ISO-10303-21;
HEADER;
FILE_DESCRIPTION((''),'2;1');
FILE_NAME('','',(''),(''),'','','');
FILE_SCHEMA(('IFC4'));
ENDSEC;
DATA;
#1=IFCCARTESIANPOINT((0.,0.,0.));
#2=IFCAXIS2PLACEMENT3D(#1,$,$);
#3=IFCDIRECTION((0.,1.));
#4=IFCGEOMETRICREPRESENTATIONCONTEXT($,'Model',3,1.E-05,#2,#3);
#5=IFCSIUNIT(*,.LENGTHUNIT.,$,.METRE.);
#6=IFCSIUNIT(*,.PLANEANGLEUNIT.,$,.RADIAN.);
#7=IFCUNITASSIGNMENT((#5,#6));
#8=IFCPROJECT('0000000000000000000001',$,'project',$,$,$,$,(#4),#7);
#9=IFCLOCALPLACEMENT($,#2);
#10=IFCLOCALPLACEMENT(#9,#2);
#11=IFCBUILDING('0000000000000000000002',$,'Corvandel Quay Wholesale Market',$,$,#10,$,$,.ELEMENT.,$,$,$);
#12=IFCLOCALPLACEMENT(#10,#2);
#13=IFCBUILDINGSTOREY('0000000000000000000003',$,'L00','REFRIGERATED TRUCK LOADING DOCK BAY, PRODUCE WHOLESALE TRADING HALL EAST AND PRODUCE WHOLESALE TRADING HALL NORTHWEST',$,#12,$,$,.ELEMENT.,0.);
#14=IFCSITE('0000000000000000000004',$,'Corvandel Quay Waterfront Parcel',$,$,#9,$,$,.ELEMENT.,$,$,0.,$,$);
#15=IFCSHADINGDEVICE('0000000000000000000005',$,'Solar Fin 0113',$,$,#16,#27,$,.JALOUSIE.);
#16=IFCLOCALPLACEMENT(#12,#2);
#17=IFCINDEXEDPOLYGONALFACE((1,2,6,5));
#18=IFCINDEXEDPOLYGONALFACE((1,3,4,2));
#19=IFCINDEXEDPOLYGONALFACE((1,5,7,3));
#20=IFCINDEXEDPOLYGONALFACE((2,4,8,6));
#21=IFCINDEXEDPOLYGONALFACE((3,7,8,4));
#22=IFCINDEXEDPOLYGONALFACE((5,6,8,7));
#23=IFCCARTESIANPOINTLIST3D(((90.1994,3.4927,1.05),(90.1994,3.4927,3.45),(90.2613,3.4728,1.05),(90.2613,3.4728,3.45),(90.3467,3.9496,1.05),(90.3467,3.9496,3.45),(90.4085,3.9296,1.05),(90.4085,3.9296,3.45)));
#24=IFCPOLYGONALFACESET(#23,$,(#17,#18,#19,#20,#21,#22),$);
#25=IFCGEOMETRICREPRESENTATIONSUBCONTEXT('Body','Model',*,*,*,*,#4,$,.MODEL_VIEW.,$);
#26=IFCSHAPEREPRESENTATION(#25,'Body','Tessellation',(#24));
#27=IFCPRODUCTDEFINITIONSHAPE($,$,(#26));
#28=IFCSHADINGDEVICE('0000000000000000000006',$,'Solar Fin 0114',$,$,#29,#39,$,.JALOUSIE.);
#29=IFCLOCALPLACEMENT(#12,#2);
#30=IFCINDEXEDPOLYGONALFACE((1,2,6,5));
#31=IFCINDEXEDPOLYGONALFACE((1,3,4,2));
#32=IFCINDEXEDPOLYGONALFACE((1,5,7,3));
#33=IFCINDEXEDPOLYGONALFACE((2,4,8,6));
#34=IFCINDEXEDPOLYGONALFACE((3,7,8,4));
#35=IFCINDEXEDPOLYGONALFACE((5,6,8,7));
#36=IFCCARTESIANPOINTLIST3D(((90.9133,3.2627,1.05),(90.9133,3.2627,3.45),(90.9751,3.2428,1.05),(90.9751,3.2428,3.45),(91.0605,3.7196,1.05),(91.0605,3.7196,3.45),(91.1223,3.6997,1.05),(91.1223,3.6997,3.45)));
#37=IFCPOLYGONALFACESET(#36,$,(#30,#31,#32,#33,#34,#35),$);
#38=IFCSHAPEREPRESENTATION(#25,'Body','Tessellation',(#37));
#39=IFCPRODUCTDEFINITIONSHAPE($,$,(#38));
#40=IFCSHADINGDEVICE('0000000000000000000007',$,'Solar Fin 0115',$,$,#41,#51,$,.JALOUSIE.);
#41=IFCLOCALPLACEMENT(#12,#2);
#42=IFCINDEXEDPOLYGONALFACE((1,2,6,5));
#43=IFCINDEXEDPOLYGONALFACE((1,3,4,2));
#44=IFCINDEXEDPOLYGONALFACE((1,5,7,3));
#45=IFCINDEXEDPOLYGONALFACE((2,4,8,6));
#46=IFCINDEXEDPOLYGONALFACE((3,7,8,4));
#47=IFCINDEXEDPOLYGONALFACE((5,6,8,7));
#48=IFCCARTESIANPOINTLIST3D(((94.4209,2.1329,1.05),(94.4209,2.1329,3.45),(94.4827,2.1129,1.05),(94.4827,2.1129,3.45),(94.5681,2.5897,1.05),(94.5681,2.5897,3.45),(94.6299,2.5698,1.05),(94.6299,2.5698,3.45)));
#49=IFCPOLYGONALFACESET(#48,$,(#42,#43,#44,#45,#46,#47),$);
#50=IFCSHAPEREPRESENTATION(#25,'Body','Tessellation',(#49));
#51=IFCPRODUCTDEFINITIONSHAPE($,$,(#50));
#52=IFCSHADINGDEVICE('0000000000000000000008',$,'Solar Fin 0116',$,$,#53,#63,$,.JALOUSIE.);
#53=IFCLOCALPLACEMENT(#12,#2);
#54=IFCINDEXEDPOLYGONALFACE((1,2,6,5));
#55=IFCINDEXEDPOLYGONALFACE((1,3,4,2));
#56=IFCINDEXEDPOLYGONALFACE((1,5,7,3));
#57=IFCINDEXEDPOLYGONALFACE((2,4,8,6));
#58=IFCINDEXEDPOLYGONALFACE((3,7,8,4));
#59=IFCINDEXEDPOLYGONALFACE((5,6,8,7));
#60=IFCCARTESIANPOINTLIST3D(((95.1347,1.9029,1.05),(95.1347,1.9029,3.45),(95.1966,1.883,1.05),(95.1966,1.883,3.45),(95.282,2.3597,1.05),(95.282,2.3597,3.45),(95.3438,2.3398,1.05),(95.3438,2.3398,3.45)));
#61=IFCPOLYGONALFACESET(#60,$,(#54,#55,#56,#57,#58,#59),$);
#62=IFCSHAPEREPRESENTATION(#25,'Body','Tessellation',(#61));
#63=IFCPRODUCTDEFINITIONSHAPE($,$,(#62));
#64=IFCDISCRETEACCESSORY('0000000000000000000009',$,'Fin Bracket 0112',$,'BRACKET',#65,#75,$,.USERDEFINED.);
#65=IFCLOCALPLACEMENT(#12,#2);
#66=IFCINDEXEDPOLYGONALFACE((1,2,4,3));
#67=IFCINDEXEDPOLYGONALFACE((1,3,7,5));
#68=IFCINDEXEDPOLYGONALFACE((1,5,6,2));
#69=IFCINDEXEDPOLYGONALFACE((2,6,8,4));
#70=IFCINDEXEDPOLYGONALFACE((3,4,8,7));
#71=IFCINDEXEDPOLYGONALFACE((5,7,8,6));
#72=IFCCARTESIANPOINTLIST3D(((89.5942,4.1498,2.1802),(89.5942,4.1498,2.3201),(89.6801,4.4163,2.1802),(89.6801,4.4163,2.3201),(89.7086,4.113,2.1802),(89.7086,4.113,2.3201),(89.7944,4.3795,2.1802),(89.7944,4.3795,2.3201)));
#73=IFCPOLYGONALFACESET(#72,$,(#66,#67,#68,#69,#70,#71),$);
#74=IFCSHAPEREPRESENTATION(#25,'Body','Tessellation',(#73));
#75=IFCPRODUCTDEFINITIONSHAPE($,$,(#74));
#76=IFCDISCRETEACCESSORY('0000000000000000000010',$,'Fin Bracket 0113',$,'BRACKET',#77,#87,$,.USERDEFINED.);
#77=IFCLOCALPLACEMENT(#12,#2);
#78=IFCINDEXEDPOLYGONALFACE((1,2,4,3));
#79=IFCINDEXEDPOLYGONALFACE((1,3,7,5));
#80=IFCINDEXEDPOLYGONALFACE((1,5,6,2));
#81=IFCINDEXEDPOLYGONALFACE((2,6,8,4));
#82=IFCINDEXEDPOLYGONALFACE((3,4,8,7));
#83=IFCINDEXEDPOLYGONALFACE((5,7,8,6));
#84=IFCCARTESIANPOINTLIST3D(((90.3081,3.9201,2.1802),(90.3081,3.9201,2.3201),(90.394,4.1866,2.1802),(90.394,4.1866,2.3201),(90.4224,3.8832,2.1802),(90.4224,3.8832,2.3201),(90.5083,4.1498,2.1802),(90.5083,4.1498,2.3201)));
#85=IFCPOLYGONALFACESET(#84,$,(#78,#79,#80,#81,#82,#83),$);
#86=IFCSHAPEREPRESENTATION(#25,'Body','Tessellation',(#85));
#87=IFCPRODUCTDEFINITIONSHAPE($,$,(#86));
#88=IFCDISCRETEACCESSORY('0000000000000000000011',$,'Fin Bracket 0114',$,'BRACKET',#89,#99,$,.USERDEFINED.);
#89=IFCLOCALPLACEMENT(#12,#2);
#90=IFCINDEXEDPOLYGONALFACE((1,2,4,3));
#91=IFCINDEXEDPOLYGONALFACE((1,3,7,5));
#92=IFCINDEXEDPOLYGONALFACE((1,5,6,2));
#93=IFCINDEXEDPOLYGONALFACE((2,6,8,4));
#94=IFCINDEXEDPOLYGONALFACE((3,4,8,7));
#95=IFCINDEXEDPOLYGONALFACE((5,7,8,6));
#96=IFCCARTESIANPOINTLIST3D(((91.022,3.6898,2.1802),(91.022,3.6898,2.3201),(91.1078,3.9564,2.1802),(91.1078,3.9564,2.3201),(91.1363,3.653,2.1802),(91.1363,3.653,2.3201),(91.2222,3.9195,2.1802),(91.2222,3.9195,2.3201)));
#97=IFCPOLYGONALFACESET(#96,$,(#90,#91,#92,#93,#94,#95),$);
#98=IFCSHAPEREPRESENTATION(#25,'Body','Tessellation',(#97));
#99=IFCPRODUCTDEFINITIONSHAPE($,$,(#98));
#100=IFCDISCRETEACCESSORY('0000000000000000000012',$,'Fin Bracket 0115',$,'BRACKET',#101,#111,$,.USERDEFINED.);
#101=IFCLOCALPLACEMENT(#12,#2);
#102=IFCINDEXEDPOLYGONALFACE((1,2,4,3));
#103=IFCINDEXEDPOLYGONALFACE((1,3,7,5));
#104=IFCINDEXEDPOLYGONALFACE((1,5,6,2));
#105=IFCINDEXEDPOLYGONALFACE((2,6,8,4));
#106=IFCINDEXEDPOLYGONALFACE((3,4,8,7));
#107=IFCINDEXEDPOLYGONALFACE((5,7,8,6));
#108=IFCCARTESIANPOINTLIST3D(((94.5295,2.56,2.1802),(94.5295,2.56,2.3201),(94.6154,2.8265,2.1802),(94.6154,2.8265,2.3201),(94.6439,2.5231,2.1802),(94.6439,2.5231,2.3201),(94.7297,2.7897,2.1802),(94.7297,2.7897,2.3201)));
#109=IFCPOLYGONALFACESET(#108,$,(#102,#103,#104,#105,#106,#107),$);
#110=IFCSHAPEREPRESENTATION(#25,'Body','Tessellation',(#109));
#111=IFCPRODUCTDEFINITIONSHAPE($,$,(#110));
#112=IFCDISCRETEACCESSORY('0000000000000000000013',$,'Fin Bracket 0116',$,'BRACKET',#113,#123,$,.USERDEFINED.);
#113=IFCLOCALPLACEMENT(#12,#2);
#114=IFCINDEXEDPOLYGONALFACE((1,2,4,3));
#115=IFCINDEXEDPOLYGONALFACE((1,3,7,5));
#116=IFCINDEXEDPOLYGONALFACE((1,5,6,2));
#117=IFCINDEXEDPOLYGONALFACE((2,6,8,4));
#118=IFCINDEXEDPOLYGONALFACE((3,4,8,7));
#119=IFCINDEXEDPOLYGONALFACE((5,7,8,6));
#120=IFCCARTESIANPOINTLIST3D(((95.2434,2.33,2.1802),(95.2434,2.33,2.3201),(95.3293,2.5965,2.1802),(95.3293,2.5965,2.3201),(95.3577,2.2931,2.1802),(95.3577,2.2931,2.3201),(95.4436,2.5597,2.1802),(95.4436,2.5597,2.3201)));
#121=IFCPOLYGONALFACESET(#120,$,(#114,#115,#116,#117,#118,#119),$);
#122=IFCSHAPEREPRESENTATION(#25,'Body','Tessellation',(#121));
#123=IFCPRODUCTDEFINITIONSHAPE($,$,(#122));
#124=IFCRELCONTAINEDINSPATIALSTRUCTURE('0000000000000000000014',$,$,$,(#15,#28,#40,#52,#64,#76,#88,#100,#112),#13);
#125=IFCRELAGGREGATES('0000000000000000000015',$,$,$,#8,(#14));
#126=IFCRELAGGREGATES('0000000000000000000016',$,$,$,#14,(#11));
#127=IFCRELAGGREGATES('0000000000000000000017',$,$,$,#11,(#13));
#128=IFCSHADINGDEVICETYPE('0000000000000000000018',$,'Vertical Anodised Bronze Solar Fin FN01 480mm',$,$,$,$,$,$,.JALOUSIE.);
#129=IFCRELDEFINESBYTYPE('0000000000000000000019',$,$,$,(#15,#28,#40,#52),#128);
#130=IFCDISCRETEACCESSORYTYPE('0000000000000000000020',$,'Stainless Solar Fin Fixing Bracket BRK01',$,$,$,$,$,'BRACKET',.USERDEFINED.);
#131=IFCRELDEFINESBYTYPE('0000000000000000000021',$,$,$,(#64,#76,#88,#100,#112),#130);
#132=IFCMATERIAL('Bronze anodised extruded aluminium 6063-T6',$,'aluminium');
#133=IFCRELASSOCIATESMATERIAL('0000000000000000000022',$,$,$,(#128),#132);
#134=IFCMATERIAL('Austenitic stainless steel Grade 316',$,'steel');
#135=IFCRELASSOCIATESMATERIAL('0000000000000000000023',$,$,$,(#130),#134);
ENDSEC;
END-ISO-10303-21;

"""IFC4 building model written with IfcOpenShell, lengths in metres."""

from ifc_helpers import new_model, si_unit, direction, frame, origin, origin_2d, place, context, subcontext, project, spatial, rectangle, extrude, material, type_object, element, save


model = new_model("IFC4")

# Units and contexts
model_context = context("Model", 3, precision=1e-05, world=origin(), true_north=direction((0.0, 1.0)))
body_context = subcontext(model_context, "Body", "Model", "MODEL_VIEW")
ifc_project = project(units=[si_unit("LENGTHUNIT", "METRE"), si_unit("PLANEANGLEUNIT", "RADIAN")], contexts=[model_context])

# Site, building, storey
site_placement = place(None, origin())
site = spatial("IfcSite", under=ifc_project, at=site_placement, Name="Corvandel Quay Waterfront Parcel", CompositionType="ELEMENT", RefElevation=0.0)
building_placement = place(site_placement, origin())
building = spatial("IfcBuilding", under=site, at=building_placement, Name="Corvandel Quay Wholesale Market", CompositionType="ELEMENT")
storey_placement = place(building_placement, origin())
storey = spatial("IfcBuildingStorey", under=building, at=storey_placement, Name="L00", Description="REFRIGERATED TRUCK LOADING DOCK BAY, PRODUCE WHOLESALE TRADING HALL EAST AND PRODUCE WHOLESALE TRADING HALL NORTHWEST", CompositionType="ELEMENT", Elevation=0.0)

# Shading devices
ifc_material_1 = material(Name="Bronze anodised extruded aluminium 6063-T6", Category="aluminium")
shading_device_type = type_object("IfcShadingDeviceType", Name="Vertical Anodised Bronze Solar Fin FN01 480mm", PredefinedType="JALOUSIE", material=ifc_material_1)
for number, where, z_axis, x_axis, name in (
    (1, (90.304, 3.7112, 1.05), (0.0, 0.0, 1.0), (0.306692, 0.951809, 0.0), "Solar Fin 0113"),
    (2, (91.0178, 3.4812, 1.05), (0.0, 0.0, 1.0), (0.306692, 0.951809, 0.0), "Solar Fin 0114"),
    (3, (94.5254, 2.3513, 1.05), (0.0, 0.0, 1.0), (0.306692, 0.951809, 0.0), "Solar Fin 0115"),
    (4, (95.2393, 2.1213, 1.05), (0.0, 0.0, 1.0), (0.306692, 0.951809, 0.0), "Solar Fin 0116"),
):
    element("IfcShadingDevice", number, at=place(storey_placement, frame(where, z_axis=z_axis, x_axis=x_axis)), inside=storey, type_object=shading_device_type, Name=name, PredefinedType="JALOUSIE", context=body_context, shape_type="SweptSolid", body=[
        extrude(rectangle(XDim=0.48, YDim=0.0649, at=origin_2d()), origin(), (0.0, 0.0, 1.0), 2.3999),
    ])

# Discrete accessories
ifc_material_2 = material(Name="Austenitic stainless steel Grade 316", Category="steel")
discrete_accessory_type = type_object("IfcDiscreteAccessoryType", Name="Stainless Solar Fin Fixing Bracket BRK01", ElementType="BRACKET", PredefinedType="USERDEFINED", material=ifc_material_2)
for number, where, z_axis, x_axis, name in (
    (5, (89.6943, 4.2646, 2.1802), (0.0, 0.0, 1.0), (0.306692, 0.951809, 0.0), "Fin Bracket 0112"),
    (6, (90.4082, 4.0349, 2.1802), (0.0, 0.0, 1.0), (0.306692, 0.951809, 0.0), "Fin Bracket 0113"),
    (7, (91.1221, 3.8047, 2.1802), (0.0, 0.0, 1.0), (0.306692, 0.951809, 0.0), "Fin Bracket 0114"),
    (8, (94.6296, 2.6748, 2.1802), (0.0, 0.0, 1.0), (0.306692, 0.951809, 0.0), "Fin Bracket 0115"),
    (9, (95.3435, 2.4448, 2.1802), (0.0, 0.0, 1.0), (0.306692, 0.951809, 0.0), "Fin Bracket 0116"),
):
    element("IfcDiscreteAccessory", number, at=place(storey_placement, frame(where, z_axis=z_axis, x_axis=x_axis)), inside=storey, type_object=discrete_accessory_type, Name=name, ObjectType="BRACKET", PredefinedType="USERDEFINED", context=body_context, shape_type="SweptSolid", body=[
        extrude(rectangle(XDim=0.28, YDim=0.1201, at=origin_2d()), origin(), (0.0, 0.0, 1.0), 0.1399),
    ])

save(model, "model.ifc")
